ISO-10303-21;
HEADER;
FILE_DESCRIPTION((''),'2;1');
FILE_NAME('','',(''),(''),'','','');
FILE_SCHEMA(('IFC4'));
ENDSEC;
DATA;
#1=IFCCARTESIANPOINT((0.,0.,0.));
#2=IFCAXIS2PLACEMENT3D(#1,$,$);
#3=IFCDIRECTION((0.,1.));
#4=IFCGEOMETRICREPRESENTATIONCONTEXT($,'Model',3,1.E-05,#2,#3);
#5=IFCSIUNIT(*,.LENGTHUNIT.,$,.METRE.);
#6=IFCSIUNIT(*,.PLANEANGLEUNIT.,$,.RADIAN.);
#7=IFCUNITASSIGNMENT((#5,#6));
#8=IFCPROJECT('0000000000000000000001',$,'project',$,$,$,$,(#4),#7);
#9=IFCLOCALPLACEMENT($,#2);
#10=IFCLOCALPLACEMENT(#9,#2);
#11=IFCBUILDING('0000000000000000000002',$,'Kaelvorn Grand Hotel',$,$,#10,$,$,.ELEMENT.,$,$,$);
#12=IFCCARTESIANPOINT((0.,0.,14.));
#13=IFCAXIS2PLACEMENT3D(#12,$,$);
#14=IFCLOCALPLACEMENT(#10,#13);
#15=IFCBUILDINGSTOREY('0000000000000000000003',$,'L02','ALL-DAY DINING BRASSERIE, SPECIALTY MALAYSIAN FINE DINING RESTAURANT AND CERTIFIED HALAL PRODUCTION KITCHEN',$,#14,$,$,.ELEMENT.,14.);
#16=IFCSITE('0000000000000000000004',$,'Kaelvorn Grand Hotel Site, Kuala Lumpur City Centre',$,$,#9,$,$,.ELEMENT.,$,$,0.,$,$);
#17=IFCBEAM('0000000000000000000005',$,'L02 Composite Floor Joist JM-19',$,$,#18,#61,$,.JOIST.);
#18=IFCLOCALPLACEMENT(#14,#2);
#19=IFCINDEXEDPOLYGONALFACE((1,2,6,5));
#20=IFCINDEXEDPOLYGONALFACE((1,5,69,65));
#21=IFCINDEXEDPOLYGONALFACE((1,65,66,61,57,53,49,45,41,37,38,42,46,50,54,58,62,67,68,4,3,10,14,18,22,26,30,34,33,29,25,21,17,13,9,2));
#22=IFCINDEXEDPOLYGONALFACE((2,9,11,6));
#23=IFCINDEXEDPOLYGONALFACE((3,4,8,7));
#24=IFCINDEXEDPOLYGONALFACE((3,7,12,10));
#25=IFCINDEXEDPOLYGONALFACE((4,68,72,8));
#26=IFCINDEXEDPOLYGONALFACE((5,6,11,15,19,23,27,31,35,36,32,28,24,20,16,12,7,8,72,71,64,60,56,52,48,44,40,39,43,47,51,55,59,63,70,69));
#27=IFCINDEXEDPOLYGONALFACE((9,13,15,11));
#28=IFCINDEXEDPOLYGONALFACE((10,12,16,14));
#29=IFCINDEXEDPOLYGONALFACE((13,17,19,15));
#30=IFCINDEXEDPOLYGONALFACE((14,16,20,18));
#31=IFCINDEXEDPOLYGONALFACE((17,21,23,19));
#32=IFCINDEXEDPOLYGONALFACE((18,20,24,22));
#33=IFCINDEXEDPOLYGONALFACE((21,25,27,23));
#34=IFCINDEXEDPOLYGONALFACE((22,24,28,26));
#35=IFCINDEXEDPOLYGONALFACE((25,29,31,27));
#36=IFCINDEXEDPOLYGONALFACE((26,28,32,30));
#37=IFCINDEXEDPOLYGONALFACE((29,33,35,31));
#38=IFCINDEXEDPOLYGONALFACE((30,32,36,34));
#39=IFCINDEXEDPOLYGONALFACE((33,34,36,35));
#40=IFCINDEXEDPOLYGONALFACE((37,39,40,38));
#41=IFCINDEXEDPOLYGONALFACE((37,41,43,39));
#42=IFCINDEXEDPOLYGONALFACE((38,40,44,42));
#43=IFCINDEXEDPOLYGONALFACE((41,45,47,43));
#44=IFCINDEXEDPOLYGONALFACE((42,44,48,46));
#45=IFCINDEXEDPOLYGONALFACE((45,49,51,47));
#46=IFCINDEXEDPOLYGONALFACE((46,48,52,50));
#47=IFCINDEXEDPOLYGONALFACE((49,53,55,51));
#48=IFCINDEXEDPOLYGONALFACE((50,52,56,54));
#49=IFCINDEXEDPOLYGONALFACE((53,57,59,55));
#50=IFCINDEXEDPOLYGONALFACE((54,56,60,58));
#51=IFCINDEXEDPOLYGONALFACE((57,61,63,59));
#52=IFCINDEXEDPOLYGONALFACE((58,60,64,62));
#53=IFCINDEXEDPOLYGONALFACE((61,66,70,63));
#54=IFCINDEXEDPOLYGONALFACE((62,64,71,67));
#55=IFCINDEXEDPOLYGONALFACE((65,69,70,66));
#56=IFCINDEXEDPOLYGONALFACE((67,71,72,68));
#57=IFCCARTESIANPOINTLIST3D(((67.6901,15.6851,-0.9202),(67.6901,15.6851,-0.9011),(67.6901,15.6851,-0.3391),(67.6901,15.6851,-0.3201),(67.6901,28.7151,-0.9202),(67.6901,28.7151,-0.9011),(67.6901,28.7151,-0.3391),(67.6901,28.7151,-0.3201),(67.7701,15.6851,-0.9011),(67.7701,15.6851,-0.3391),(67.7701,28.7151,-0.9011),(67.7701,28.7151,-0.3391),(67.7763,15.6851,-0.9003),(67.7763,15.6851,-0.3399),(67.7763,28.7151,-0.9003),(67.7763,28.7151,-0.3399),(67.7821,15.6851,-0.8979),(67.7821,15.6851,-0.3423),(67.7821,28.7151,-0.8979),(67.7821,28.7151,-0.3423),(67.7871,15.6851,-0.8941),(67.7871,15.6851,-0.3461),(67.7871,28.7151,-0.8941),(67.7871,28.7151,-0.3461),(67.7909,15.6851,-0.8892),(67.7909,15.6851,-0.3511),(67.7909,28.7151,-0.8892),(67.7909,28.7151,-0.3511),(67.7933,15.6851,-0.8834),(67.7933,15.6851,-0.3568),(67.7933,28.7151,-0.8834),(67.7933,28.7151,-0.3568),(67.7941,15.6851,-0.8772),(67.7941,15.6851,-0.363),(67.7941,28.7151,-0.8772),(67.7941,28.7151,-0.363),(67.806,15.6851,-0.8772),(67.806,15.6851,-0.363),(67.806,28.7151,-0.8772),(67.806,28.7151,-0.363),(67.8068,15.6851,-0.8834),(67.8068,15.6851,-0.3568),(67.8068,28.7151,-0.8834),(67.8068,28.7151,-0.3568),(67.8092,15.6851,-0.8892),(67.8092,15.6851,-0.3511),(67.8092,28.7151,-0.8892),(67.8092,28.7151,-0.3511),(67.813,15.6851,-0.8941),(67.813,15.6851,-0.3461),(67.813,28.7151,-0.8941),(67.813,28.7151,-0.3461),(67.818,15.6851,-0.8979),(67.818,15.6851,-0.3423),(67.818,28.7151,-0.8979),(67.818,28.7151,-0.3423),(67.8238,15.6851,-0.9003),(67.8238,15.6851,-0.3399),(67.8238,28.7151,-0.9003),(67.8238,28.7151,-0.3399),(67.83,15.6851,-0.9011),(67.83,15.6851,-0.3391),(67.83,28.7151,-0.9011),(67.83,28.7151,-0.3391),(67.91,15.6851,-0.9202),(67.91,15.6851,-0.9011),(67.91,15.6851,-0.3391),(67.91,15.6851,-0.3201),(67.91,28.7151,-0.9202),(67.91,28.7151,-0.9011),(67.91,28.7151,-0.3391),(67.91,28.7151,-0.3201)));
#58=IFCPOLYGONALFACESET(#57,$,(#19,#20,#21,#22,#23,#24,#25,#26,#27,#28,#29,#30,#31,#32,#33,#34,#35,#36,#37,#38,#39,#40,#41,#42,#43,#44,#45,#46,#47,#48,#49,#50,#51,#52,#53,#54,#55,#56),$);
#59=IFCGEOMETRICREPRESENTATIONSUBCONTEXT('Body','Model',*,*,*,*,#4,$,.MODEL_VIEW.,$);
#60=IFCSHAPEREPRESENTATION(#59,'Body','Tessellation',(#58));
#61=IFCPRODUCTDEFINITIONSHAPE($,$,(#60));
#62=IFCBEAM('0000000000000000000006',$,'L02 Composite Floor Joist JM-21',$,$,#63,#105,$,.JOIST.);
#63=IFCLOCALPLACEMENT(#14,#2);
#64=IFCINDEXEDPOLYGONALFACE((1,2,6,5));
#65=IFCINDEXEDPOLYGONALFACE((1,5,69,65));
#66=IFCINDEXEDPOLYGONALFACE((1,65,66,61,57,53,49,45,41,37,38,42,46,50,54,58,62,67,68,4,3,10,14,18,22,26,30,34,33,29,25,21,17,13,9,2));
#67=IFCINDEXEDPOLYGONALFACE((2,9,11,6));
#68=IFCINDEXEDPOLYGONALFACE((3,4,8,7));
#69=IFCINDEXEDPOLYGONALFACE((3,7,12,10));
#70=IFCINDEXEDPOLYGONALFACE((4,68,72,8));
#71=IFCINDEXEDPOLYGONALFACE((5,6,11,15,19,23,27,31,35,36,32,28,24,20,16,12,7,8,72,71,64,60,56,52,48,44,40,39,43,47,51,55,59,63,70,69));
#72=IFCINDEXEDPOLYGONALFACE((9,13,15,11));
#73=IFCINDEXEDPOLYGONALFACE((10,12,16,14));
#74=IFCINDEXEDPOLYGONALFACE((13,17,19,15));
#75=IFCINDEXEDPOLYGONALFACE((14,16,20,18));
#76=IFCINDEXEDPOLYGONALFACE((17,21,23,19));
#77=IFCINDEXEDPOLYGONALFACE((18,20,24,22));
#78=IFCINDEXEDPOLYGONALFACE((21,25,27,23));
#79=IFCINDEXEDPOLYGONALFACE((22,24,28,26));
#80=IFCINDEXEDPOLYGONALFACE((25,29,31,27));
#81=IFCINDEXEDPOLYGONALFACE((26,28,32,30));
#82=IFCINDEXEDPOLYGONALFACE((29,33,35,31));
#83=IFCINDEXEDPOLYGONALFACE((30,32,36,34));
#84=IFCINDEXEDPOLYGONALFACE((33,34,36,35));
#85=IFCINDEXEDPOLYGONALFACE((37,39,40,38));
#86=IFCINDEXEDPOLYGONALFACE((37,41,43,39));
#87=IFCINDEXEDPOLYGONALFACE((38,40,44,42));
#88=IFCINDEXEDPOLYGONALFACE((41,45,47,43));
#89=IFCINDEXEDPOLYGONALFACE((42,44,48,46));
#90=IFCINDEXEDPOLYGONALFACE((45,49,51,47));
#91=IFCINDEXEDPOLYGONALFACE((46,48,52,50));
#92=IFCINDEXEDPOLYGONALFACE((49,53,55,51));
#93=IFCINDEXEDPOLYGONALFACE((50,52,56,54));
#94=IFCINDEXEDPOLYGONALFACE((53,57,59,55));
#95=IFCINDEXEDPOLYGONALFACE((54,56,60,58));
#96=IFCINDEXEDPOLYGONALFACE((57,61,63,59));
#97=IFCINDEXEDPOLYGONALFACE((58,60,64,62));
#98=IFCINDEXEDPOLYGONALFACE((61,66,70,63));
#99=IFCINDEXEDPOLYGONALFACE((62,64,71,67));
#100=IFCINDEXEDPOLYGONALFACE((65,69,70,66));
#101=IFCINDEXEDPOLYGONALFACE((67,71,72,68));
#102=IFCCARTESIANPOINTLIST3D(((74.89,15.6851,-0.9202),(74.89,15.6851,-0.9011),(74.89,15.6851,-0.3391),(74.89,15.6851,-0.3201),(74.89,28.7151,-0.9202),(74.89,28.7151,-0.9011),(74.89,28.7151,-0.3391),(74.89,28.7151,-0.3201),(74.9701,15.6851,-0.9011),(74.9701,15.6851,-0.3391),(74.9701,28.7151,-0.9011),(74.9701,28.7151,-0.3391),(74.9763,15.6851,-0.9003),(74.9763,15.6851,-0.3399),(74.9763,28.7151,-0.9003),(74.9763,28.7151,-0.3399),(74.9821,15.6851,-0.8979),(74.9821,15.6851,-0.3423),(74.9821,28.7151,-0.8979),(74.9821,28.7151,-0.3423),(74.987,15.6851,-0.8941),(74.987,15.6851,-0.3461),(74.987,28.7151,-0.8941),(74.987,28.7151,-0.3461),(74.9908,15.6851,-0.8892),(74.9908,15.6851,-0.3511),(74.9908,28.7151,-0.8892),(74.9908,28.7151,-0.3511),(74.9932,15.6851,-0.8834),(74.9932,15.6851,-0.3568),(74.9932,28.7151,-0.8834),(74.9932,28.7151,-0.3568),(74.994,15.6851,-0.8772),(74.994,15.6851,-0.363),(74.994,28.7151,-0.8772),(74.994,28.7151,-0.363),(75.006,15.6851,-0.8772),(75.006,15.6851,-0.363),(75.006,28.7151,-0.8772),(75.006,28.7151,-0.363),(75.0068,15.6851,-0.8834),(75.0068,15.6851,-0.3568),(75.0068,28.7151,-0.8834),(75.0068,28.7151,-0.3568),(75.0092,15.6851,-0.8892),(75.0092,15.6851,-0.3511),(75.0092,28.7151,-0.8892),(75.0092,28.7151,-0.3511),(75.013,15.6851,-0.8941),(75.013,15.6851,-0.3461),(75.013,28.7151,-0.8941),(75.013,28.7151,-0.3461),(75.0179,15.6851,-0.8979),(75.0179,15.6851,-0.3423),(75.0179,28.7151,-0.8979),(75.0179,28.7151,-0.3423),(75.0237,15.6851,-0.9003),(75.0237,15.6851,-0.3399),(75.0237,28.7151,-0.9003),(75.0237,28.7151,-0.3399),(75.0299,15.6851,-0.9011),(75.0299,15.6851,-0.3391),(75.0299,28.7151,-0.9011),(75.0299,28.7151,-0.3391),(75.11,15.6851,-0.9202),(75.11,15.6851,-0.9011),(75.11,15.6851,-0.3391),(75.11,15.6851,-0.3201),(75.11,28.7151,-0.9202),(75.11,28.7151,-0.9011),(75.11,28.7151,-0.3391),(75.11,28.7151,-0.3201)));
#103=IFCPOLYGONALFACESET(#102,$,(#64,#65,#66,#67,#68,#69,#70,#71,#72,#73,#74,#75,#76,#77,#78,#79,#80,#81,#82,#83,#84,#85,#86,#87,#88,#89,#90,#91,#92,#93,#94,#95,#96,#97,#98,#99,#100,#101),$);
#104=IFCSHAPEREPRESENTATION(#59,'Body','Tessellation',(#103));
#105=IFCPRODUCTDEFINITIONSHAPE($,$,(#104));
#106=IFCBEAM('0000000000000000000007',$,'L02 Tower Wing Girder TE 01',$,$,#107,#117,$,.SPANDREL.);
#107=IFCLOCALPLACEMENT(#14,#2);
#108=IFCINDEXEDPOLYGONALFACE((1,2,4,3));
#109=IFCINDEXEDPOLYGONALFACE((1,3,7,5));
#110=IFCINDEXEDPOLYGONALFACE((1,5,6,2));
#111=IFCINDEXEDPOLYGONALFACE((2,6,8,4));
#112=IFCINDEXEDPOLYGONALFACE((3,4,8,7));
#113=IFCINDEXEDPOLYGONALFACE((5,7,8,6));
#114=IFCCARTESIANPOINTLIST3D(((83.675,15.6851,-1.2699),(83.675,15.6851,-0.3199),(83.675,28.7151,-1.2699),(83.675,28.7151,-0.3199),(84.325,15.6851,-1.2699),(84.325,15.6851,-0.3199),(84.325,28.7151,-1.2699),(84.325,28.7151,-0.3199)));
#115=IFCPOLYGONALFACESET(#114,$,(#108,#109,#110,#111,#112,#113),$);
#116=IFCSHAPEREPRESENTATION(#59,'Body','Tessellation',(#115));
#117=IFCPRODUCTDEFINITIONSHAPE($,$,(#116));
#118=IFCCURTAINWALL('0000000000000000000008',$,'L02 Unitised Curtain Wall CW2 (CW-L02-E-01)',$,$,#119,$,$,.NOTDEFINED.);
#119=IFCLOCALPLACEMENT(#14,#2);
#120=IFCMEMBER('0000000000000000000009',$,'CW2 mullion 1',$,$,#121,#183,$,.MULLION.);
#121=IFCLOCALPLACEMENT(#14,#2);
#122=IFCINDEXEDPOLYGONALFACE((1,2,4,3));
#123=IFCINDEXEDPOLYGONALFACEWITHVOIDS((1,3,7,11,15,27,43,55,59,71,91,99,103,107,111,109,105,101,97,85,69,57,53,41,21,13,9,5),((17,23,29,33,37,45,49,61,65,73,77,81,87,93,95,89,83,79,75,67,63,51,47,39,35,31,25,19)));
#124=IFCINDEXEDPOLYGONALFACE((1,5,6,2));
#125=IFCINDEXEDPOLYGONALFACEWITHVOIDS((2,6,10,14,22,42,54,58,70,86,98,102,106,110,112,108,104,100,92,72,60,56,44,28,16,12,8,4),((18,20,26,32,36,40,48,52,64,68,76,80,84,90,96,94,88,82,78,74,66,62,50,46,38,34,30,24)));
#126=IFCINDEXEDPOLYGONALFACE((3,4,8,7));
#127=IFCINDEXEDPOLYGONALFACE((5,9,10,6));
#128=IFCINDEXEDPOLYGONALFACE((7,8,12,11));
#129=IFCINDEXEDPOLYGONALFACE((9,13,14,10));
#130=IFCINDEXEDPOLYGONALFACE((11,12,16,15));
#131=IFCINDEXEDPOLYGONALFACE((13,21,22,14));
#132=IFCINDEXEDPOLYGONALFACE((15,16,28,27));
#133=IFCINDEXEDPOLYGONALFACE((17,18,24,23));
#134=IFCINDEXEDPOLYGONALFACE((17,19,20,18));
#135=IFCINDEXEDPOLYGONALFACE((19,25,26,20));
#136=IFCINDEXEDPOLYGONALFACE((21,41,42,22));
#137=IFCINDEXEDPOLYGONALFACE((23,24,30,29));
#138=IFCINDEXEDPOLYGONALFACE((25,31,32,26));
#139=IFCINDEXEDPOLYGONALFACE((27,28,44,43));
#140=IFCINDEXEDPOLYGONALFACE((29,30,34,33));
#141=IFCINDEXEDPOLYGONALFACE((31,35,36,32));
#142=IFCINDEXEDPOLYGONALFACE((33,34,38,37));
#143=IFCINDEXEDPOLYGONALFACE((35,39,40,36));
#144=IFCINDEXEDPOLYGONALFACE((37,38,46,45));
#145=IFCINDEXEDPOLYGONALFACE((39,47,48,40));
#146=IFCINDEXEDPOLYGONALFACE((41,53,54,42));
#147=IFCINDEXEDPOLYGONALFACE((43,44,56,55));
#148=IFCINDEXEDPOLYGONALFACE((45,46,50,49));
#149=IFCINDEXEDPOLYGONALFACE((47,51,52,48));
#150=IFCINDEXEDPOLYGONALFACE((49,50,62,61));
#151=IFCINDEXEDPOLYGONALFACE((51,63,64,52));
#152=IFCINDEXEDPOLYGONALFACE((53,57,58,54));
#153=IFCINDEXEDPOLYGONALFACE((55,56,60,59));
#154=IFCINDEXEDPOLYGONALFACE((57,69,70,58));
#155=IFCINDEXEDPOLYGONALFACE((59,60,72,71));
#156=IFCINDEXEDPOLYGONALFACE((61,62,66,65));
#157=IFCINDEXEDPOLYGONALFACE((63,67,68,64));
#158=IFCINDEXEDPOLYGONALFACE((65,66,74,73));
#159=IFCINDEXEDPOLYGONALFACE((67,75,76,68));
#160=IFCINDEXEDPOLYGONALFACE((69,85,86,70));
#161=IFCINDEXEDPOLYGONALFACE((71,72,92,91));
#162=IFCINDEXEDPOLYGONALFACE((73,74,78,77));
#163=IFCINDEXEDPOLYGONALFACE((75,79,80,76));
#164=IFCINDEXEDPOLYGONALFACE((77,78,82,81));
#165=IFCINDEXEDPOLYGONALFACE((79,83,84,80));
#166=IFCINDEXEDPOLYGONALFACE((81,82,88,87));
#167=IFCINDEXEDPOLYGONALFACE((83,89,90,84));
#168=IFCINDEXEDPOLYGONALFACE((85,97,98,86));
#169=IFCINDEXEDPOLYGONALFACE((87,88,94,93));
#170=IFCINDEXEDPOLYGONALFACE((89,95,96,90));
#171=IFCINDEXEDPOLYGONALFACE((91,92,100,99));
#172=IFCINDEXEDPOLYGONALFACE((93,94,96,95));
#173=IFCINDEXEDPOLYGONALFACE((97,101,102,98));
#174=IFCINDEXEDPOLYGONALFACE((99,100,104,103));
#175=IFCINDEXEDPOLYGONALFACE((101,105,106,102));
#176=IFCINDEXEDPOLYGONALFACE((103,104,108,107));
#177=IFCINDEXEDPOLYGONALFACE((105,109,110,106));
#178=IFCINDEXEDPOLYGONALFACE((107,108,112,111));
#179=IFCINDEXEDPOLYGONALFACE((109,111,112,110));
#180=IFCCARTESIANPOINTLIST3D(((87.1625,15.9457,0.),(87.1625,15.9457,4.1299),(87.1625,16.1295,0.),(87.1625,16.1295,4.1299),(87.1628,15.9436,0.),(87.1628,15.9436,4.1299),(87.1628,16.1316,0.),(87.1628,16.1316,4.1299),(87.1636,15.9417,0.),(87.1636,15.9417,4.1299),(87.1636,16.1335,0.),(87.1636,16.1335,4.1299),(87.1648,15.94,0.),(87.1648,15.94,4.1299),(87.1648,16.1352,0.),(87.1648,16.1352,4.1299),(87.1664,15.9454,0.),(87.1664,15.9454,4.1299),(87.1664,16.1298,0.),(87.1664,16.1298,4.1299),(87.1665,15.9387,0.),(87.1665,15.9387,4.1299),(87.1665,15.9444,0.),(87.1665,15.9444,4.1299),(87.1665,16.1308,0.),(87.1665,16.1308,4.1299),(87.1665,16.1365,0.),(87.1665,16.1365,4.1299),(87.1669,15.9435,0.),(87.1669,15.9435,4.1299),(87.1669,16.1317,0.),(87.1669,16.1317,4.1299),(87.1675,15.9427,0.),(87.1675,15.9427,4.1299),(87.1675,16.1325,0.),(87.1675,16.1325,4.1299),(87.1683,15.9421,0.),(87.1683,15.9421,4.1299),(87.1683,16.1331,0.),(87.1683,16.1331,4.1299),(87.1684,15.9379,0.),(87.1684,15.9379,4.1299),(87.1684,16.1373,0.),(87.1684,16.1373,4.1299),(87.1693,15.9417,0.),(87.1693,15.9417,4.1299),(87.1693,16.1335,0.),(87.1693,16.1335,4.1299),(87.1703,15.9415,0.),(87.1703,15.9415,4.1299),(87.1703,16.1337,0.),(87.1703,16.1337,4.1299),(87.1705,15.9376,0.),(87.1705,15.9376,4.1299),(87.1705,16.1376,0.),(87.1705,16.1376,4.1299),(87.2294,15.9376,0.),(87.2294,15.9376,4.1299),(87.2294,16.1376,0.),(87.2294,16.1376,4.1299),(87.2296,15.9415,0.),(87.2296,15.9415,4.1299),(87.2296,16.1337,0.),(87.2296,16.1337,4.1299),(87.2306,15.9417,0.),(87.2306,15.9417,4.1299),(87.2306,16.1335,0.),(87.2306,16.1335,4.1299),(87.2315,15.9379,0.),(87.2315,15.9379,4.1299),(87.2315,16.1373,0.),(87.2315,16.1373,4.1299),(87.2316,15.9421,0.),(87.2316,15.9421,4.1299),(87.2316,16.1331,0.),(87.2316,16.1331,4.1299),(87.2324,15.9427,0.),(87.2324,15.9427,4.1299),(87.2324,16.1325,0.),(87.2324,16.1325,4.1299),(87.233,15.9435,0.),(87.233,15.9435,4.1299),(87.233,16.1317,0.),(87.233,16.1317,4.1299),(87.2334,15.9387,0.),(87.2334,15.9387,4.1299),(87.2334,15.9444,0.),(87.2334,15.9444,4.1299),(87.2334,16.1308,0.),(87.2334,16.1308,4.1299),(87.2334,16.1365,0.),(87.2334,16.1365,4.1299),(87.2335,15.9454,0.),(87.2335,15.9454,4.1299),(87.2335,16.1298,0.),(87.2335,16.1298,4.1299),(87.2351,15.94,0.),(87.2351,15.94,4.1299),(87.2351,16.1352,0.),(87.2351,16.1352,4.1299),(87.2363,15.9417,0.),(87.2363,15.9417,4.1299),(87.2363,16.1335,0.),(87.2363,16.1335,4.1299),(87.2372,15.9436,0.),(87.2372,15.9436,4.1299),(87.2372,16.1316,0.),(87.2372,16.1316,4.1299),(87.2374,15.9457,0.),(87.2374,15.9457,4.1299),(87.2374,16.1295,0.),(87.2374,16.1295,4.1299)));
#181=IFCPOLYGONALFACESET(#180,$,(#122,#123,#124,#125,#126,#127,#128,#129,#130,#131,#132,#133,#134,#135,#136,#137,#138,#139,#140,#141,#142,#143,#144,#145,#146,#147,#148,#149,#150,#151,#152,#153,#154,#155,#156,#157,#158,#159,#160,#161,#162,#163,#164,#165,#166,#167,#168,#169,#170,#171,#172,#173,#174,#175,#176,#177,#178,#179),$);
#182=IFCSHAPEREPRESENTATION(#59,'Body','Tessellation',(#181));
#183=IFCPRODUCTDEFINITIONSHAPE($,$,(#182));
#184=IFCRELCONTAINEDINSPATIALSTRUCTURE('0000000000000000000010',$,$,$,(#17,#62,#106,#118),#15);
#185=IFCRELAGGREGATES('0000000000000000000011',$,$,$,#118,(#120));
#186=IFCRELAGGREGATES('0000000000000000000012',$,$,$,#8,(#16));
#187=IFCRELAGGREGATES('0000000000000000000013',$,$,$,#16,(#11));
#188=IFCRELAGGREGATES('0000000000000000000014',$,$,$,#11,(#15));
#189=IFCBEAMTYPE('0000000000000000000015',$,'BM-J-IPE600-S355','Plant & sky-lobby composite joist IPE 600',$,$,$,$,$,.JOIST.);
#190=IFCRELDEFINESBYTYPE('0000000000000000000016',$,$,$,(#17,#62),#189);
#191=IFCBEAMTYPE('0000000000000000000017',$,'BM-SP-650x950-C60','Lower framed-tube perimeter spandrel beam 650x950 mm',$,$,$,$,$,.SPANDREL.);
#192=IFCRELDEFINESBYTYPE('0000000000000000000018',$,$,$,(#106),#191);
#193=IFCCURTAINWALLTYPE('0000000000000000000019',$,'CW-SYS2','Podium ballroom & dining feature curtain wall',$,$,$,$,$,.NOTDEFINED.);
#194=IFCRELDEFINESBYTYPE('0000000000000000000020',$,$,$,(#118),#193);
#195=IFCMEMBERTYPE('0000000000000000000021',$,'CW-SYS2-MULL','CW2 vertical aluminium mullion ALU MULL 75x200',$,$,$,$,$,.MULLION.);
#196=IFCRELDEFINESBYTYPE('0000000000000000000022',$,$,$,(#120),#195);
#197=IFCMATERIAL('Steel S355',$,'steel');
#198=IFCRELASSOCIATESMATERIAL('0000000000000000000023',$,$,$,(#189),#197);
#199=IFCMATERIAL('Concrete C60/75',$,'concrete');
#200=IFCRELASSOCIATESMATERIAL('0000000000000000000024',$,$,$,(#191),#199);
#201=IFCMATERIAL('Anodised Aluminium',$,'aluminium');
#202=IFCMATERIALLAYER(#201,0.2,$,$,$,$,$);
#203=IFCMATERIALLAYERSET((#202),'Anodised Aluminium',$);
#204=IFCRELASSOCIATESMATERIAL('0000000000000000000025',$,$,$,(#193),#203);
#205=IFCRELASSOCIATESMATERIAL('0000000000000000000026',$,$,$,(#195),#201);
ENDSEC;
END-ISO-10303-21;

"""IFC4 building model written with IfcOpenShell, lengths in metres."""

from ifc_helpers import new_model, si_unit, direction, frame, origin, origin_2d, place, context, subcontext, project, spatial, rectangle, hollow_rectangle, i_section, extrude, material, layer, layer_set, material_profile, profile_set, type_object, element, aggregate, save


model = new_model("IFC4")

# Units and contexts
model_context = context("Model", 3, precision=1e-05, world=origin(), true_north=direction((0.0, 1.0)))
body_context = subcontext(model_context, "Body", "Model", "MODEL_VIEW")
ifc_project = project(units=[si_unit("LENGTHUNIT", "METRE"), si_unit("PLANEANGLEUNIT", "RADIAN")], contexts=[model_context])

# Site, building, storey
site_placement = place(None, origin())
site = spatial("IfcSite", under=ifc_project, at=site_placement, Name="Kaelvorn Grand Hotel Site, Kuala Lumpur City Centre", CompositionType="ELEMENT", RefElevation=0.0)
building_placement = place(site_placement, origin())
building = spatial("IfcBuilding", under=site, at=building_placement, Name="Kaelvorn Grand Hotel", CompositionType="ELEMENT")
storey_placement = place(building_placement, frame((0.0, 0.0, 14.0)))
storey = spatial("IfcBuildingStorey", under=building, at=storey_placement, Name="L02", Description="ALL-DAY DINING BRASSERIE, SPECIALTY MALAYSIAN FINE DINING RESTAURANT AND CERTIFIED HALAL PRODUCTION KITCHEN", CompositionType="ELEMENT", Elevation=14.0)

# Beams
ifc_material_1 = material(Name="Steel S355", Category="steel")
ifc_material_profile_1 = material_profile(ifc_material_1, i_section(OverallWidth=0.22, OverallDepth=0.6001, WebThickness=0.012, FlangeThickness=0.019, FilletRadius=0.0239, at=origin_2d()), Name="IPE 600")
ifc_profile_set_1 = profile_set([ifc_material_profile_1], Name="Steel S355")
beam_type_1 = type_object("IfcBeamType", Name="BM-J-IPE600-S355", Description="Plant & sky-lobby composite joist IPE 600", PredefinedType="JOIST", material=ifc_profile_set_1)
for number, where, z_axis, x_axis, name in (
    (1, (67.8, 15.6851, -0.6201), (0.0, 1.0, 0.0), (-1.0, 0.0, 0.0), "L02 Composite Floor Joist JM-19"),
    (2, (75.0, 15.6851, -0.6201), (0.0, 1.0, 0.0), (-1.0, 0.0, 0.0), "L02 Composite Floor Joist JM-21"),
):
    element("IfcBeam", number, at=place(storey_placement, frame(where, z_axis=z_axis, x_axis=x_axis)), inside=storey, type_object=beam_type_1, Name=name, PredefinedType="JOIST", context=body_context, shape_type="SweptSolid", body=[
        extrude(i_section(OverallWidth=0.22, OverallDepth=0.6001, WebThickness=0.012, FlangeThickness=0.019, FilletRadius=0.0239, at=origin_2d()), origin(), (0.0, 0.0, 1.0), 13.03),
    ])
ifc_material_2 = material(Name="Concrete C60/75", Category="concrete")
ifc_material_profile_2 = material_profile(ifc_material_2, rectangle(XDim=0.6499, YDim=0.95, at=origin_2d()), Name="RC SPANDREL 650x950")
ifc_profile_set_2 = profile_set([ifc_material_profile_2], Name="Concrete C60/75")
beam_type_2 = type_object("IfcBeamType", Name="BM-SP-650x950-C60", Description="Lower framed-tube perimeter spandrel beam 650x950 mm", PredefinedType="SPANDREL", material=ifc_profile_set_2)
beam_placement = place(storey_placement, frame((84.0, 15.6851, -0.7949), z_axis=(0.0, 1.0, 0.0), x_axis=(-1.0, 0.0, 0.0)))
element("IfcBeam", 3, at=beam_placement, inside=storey, type_object=beam_type_2, Name="L02 Tower Wing Girder TE 01", PredefinedType="SPANDREL", context=body_context, shape_type="SweptSolid", body=[
    extrude(rectangle(XDim=0.6499, YDim=0.95, at=origin_2d()), origin(), (0.0, 0.0, 1.0), 13.03),
])

# Curtain wall, member
ifc_material_3 = material(Name="Anodised Aluminium", Category="aluminium")
ifc_layer_1 = layer(ifc_material_3, 0.2)
ifc_layer_set_1 = layer_set([ifc_layer_1], Name="Anodised Aluminium")
curtain_wall_type = type_object("IfcCurtainWallType", Name="CW-SYS2", Description="Podium ballroom & dining feature curtain wall", PredefinedType="NOTDEFINED", material=ifc_layer_set_1)
curtain_wall_placement = place(storey_placement, origin())
curtain_wall = element("IfcCurtainWall", 4, at=curtain_wall_placement, inside=storey, type_object=curtain_wall_type, Name="L02 Unitised Curtain Wall CW2 (CW-L02-E-01)", PredefinedType="NOTDEFINED")
ifc_material_profile_3 = material_profile(ifc_material_3, hollow_rectangle(XDim=0.075, YDim=0.2, WallThickness=0.0039, InnerFilletRadius=0.0039, OuterFilletRadius=0.0081, at=origin_2d()), Name="ALU MULL 75x200")
ifc_profile_set_3 = profile_set([ifc_material_profile_3], Name="Anodised Aluminium")
member_type_1 = type_object("IfcMemberType", Name="CW-SYS2-MULL", Description="CW2 vertical aluminium mullion ALU MULL 75x200", PredefinedType="MULLION", material=ifc_profile_set_3)
member_1_placement = place(storey_placement, frame((87.2, 16.0376, 0.0), z_axis=(0.0, 0.0, 1.0), x_axis=(-1.0, 0.0, 0.0)))
member_1 = element("IfcMember", 5, at=member_1_placement, type_object=member_type_1, Name="CW2 mullion 1", PredefinedType="MULLION", context=body_context, shape_type="SweptSolid", body=[
    extrude(hollow_rectangle(XDim=0.075, YDim=0.2, WallThickness=0.0039, InnerFilletRadius=0.0039, OuterFilletRadius=0.0081, at=origin_2d()), origin(), (0.0, 0.0, 1.0), 4.1299),
])
aggregate(curtain_wall, [member_1])

save(model, "model.ifc")
